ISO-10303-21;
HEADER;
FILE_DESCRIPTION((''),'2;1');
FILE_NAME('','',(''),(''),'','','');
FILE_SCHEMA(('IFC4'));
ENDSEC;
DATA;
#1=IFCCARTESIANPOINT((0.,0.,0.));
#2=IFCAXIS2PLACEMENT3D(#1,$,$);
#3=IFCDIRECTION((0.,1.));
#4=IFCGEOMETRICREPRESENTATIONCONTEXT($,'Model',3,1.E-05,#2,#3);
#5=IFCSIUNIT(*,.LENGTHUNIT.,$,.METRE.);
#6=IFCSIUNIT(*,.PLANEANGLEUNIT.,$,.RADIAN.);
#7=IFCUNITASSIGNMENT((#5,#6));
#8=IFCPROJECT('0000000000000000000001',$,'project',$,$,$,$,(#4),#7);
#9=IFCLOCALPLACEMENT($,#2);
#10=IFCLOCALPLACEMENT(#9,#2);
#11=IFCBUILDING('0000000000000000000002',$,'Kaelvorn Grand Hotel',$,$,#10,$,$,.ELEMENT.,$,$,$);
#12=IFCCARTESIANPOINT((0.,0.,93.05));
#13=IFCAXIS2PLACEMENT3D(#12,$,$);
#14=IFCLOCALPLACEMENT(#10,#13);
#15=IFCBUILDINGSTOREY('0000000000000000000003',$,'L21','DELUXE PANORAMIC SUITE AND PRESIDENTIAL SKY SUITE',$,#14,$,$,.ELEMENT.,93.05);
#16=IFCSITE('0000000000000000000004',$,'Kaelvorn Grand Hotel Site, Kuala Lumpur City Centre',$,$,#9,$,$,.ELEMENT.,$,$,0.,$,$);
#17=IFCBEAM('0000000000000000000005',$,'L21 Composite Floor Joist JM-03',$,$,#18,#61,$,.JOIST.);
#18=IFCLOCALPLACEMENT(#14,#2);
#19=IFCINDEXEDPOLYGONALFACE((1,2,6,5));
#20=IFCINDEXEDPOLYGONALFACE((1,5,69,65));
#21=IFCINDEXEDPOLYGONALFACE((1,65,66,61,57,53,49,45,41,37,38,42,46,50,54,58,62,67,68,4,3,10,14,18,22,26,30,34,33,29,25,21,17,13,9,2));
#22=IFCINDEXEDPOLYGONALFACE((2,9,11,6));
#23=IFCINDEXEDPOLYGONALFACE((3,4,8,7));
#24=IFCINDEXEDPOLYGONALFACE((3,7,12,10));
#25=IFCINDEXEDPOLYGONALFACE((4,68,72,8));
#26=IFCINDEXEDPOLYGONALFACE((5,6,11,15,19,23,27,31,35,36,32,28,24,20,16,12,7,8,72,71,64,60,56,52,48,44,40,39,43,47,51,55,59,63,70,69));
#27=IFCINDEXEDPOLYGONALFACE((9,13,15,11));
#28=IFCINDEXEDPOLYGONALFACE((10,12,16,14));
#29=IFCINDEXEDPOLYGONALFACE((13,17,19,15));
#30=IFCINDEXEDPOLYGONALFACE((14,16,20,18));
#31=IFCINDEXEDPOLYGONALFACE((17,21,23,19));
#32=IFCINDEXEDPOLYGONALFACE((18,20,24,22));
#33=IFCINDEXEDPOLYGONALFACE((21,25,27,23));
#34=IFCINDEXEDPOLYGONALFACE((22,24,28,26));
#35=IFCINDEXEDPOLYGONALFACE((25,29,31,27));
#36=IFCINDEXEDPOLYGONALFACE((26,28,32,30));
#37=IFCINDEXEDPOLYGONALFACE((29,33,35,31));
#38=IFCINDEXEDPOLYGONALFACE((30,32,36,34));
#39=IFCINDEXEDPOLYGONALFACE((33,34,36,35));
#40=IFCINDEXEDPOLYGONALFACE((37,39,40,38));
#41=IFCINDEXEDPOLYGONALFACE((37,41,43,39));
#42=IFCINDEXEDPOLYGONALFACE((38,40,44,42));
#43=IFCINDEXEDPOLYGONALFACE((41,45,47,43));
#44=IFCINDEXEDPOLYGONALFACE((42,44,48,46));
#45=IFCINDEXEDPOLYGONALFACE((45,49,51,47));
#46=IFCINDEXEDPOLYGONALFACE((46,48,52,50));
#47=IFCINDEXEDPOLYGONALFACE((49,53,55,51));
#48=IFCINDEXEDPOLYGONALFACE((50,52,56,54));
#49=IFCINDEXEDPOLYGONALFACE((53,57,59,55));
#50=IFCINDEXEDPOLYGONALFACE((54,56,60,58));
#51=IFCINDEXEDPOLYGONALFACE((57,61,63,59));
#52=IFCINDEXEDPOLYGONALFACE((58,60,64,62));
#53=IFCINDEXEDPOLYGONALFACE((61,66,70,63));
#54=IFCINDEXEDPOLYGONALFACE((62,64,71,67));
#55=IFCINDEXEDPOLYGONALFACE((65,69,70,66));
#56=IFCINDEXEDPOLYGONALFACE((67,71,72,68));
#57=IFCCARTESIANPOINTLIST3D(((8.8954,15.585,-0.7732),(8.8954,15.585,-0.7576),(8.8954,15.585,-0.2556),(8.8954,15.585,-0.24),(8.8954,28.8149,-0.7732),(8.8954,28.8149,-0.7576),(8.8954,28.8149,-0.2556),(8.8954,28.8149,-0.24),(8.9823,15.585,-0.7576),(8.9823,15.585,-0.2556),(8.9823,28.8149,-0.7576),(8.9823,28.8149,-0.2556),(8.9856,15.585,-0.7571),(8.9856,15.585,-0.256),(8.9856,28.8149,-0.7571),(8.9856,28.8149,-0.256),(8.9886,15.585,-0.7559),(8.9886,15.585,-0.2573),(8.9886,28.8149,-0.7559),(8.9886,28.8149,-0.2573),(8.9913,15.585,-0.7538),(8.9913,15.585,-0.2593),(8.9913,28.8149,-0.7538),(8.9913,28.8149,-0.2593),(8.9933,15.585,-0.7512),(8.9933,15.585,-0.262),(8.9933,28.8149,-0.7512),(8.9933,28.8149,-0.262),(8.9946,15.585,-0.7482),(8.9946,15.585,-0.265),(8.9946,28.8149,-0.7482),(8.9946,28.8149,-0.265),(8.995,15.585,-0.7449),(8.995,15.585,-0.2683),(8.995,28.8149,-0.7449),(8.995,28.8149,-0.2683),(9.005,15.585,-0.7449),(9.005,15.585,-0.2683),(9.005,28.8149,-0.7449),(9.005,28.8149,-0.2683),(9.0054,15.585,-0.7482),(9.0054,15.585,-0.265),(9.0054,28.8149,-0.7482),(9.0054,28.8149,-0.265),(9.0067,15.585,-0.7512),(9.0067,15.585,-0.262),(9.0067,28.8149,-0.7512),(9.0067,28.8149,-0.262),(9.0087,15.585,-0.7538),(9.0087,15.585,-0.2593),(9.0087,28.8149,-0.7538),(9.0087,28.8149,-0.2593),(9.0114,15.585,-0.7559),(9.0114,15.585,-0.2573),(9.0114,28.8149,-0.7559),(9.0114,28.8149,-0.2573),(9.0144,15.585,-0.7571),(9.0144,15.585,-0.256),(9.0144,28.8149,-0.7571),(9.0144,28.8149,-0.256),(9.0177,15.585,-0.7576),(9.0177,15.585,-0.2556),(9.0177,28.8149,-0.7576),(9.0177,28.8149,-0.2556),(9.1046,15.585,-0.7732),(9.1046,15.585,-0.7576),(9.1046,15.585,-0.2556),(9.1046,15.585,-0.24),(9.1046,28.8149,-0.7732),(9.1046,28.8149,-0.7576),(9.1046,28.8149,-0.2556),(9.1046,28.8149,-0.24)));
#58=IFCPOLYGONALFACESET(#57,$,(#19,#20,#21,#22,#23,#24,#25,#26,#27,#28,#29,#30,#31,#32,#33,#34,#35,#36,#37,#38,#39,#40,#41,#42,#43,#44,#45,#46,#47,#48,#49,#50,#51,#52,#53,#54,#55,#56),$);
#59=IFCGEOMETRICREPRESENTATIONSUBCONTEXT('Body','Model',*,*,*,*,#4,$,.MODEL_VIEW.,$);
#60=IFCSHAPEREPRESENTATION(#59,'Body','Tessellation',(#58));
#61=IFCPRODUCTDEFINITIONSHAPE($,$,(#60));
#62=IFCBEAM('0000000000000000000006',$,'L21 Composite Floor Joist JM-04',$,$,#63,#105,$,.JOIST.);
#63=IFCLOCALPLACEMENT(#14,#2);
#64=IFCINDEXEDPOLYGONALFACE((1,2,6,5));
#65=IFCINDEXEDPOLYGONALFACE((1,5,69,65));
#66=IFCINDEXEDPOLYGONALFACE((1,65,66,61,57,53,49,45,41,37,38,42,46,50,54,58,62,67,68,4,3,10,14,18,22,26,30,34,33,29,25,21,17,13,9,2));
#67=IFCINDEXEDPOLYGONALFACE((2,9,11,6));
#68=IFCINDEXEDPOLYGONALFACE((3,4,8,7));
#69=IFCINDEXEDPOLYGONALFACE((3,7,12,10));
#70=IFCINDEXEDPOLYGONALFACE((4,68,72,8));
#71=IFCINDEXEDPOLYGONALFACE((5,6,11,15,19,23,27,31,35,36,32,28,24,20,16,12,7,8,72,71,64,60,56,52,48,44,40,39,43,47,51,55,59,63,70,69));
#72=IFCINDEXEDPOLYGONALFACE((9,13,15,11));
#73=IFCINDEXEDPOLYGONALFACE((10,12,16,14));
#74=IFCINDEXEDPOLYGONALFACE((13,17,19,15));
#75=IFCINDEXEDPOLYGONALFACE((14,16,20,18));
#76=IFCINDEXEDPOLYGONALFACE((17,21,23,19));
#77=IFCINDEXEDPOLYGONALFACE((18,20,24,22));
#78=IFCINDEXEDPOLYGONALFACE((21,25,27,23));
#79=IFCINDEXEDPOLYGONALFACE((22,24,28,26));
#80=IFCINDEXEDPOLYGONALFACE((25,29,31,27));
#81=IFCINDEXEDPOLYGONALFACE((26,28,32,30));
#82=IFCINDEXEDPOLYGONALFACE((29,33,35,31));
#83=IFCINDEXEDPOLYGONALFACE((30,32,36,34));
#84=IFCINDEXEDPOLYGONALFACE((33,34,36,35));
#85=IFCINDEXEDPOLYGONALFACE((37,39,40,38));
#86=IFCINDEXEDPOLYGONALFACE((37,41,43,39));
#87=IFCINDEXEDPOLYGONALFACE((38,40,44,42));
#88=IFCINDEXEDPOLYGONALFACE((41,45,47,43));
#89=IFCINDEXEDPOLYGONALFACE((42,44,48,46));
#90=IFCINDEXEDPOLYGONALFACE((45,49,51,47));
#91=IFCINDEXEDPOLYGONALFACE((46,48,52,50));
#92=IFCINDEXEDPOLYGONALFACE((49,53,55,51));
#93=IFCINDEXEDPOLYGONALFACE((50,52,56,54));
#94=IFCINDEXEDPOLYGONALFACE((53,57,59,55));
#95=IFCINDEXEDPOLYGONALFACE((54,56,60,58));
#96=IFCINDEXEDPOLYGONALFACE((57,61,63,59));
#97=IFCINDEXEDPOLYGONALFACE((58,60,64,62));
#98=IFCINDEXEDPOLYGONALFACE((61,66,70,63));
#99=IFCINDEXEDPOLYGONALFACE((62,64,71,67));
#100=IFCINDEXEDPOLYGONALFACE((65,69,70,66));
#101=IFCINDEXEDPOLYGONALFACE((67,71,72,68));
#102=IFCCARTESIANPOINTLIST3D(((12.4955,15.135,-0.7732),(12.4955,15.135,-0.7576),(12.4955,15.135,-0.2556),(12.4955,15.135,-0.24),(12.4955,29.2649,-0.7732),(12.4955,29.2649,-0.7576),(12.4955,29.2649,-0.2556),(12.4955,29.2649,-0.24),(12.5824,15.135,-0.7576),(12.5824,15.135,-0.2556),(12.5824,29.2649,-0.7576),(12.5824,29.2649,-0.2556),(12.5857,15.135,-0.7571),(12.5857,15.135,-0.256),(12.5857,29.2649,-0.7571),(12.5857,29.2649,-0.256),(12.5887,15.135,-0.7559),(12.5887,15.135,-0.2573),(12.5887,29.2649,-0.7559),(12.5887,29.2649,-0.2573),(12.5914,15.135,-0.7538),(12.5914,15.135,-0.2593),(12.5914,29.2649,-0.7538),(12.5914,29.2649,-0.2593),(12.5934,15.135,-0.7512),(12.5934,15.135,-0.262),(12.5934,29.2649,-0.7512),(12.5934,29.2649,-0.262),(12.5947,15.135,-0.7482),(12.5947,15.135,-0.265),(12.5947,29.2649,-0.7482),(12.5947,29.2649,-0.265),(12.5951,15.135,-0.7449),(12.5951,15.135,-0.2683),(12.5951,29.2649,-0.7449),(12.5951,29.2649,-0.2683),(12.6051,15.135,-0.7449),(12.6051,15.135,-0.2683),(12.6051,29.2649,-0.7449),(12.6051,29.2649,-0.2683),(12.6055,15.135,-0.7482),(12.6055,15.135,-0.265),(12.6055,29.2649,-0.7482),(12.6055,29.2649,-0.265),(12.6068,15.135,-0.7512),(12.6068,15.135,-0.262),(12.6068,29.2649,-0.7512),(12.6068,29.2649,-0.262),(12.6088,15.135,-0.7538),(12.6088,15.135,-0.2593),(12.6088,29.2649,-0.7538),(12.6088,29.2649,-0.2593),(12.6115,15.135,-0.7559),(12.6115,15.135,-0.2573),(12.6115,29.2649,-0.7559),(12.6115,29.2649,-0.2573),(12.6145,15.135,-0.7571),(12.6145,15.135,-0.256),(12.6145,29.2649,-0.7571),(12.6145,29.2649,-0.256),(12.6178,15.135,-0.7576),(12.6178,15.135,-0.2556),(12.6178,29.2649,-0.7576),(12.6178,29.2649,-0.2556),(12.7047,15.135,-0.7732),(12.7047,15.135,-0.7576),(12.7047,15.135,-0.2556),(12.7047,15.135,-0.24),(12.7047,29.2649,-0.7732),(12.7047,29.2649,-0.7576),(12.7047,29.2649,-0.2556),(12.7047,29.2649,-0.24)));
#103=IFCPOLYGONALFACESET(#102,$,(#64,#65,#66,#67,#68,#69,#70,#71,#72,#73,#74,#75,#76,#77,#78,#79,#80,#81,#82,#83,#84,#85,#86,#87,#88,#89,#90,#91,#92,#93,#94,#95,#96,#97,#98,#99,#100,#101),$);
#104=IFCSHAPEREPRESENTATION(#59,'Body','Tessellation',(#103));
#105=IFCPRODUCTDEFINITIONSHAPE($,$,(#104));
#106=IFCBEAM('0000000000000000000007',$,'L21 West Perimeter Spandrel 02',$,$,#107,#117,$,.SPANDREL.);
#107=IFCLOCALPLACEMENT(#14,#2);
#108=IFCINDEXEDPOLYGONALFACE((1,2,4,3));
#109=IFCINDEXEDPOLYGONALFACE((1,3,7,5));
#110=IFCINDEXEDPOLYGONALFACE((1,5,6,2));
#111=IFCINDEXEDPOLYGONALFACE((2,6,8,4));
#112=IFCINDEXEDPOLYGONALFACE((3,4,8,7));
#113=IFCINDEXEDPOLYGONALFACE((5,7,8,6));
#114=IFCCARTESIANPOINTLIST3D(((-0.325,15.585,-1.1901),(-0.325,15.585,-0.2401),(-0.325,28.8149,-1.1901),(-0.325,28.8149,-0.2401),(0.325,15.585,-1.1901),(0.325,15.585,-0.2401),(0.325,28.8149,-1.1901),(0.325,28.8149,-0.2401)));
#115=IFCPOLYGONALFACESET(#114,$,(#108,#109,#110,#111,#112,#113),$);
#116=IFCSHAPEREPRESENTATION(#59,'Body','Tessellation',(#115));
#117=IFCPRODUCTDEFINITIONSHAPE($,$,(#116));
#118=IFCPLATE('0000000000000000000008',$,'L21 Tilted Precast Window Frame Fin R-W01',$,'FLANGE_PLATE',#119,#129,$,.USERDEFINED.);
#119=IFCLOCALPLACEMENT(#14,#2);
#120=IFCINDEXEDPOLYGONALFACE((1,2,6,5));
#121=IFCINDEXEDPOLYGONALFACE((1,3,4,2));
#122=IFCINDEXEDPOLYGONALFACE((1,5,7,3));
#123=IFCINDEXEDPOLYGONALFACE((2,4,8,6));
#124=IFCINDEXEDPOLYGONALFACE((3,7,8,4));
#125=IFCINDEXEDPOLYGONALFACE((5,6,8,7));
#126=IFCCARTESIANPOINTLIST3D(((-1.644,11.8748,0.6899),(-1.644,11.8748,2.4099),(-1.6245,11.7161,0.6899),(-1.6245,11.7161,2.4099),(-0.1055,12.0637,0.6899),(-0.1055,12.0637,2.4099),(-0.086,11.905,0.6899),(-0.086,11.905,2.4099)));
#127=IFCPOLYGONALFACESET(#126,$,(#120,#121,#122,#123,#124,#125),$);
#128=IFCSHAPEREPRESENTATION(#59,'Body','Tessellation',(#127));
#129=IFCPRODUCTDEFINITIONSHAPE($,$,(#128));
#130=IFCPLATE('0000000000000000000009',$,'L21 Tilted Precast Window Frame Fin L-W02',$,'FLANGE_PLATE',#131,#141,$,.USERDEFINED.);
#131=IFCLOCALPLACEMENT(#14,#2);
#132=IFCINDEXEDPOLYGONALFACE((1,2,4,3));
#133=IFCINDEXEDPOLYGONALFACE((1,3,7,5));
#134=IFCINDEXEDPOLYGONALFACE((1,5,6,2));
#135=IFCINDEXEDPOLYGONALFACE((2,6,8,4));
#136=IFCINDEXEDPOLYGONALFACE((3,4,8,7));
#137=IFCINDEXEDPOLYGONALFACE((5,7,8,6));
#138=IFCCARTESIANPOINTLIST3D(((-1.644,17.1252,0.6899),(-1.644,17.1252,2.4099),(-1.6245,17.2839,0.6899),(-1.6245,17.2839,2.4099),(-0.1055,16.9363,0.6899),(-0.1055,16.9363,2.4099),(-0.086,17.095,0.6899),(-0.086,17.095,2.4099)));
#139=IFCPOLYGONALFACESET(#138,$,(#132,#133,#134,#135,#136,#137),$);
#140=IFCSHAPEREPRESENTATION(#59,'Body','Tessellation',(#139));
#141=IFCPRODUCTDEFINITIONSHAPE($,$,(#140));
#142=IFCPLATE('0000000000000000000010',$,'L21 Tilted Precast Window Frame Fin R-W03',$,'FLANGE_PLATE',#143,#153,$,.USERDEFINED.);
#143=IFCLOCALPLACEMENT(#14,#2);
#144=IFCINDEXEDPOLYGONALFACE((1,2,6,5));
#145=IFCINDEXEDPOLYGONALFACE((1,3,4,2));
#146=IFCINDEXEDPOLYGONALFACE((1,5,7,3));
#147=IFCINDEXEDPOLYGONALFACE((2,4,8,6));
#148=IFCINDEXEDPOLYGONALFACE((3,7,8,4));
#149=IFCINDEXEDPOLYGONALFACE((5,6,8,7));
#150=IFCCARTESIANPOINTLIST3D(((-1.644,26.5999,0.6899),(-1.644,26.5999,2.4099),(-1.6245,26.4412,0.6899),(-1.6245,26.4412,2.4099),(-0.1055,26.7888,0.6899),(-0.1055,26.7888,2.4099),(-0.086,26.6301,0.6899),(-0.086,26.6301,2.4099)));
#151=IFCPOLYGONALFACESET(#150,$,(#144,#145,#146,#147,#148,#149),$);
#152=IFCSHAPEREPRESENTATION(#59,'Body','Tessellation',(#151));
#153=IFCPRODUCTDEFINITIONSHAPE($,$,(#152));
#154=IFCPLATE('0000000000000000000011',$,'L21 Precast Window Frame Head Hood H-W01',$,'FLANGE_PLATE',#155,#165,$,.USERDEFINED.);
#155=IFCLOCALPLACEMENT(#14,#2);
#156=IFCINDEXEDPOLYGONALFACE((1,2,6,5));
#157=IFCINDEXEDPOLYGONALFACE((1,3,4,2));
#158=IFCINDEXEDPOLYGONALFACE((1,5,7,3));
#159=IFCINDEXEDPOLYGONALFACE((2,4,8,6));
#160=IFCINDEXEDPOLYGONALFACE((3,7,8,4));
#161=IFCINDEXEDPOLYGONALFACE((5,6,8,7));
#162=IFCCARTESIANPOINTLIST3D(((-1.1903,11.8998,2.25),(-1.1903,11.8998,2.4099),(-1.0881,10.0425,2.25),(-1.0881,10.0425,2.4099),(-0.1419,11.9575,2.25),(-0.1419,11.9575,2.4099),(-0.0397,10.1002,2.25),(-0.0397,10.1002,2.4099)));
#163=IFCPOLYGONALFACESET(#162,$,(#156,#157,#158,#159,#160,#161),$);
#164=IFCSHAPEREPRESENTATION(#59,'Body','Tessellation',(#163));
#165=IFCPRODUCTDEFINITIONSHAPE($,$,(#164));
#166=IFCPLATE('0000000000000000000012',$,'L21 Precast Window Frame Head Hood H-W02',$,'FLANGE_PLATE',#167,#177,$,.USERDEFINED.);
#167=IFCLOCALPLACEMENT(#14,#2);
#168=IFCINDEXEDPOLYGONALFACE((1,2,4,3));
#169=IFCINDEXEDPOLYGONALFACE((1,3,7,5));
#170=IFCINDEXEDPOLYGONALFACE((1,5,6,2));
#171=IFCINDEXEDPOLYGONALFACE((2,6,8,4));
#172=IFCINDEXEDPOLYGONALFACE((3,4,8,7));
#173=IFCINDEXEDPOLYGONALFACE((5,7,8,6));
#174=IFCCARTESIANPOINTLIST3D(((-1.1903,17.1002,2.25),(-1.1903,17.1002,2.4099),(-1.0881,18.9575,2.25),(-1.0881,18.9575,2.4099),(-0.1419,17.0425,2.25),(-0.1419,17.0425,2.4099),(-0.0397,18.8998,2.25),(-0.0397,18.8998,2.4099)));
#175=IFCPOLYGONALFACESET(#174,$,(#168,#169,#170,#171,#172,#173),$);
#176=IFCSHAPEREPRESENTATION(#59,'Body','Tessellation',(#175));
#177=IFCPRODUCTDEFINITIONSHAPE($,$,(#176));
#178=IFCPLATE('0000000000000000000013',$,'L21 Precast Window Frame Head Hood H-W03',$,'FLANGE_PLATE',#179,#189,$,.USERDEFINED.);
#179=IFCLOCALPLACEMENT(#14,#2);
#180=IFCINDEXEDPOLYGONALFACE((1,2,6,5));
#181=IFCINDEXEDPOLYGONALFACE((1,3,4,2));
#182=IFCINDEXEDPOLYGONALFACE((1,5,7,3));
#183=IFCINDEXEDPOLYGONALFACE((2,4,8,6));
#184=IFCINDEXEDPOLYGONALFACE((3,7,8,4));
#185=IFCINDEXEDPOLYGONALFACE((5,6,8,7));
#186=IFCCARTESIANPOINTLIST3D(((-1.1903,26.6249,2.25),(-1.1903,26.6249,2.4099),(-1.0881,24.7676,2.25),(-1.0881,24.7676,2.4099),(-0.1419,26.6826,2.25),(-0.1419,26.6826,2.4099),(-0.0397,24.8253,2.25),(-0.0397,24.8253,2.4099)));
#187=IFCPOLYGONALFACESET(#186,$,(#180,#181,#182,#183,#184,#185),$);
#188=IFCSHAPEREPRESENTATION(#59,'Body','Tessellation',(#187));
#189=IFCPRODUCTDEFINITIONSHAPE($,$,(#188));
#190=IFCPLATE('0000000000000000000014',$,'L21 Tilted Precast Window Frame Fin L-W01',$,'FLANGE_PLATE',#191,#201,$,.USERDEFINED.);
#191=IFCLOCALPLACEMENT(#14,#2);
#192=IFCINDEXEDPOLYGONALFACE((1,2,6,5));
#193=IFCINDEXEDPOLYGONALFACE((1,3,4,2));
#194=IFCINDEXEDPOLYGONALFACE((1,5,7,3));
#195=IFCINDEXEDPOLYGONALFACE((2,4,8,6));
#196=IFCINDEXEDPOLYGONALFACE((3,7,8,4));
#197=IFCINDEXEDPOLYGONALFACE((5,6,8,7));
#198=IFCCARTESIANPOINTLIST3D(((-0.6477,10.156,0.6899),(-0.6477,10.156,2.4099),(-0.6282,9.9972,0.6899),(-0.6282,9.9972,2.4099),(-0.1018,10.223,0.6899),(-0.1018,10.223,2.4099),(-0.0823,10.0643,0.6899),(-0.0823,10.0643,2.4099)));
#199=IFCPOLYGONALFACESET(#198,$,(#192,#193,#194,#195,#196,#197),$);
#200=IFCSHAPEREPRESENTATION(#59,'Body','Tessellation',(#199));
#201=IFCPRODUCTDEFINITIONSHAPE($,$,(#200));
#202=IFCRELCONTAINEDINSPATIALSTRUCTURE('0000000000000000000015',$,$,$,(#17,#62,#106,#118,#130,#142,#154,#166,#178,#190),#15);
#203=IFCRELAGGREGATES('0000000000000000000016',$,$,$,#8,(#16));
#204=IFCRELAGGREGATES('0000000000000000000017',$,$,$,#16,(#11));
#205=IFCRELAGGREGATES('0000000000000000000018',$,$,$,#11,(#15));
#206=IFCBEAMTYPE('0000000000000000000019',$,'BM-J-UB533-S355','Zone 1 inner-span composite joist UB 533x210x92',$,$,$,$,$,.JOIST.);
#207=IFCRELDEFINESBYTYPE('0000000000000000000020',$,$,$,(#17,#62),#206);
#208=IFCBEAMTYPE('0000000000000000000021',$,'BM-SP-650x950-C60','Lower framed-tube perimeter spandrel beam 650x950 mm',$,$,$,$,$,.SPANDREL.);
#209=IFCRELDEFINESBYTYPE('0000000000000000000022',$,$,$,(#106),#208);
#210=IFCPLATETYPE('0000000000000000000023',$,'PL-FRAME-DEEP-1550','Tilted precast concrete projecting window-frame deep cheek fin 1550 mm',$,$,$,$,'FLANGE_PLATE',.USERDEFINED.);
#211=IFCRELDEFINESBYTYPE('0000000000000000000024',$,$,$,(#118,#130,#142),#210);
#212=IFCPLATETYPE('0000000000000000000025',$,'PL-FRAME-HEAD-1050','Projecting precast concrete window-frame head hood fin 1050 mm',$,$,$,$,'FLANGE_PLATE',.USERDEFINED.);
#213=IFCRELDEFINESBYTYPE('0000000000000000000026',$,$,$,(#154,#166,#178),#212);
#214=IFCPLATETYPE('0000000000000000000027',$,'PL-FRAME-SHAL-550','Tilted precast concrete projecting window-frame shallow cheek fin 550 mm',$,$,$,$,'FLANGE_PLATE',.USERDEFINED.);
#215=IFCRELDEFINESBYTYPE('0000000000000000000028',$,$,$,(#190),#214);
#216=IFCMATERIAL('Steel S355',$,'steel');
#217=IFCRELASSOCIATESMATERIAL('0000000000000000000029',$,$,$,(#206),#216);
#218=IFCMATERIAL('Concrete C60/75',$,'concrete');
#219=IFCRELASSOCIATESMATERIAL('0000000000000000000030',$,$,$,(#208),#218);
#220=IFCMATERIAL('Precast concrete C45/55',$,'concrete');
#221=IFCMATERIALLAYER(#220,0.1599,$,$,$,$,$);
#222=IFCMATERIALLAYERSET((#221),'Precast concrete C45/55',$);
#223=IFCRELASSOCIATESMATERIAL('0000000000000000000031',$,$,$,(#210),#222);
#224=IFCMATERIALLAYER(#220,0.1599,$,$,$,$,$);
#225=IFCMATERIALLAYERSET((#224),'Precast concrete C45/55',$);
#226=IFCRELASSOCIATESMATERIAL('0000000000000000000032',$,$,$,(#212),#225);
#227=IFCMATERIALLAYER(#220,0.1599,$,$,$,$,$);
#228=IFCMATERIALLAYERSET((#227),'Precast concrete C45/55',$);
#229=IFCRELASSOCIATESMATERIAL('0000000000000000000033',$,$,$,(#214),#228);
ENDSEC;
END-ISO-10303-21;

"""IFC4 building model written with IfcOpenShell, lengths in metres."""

from ifc_helpers import new_model, si_unit, direction, frame, origin, origin_2d, place, context, subcontext, project, spatial, rectangle, i_section, extrude, material, layer, layer_set, material_profile, profile_set, type_object, element, save


model = new_model("IFC4")

# Units and contexts
model_context = context("Model", 3, precision=1e-05, world=origin(), true_north=direction((0.0, 1.0)))
body_context = subcontext(model_context, "Body", "Model", "MODEL_VIEW")
ifc_project = project(units=[si_unit("LENGTHUNIT", "METRE"), si_unit("PLANEANGLEUNIT", "RADIAN")], contexts=[model_context])

# Site, building, storey
site_placement = place(None, origin())
site = spatial("IfcSite", under=ifc_project, at=site_placement, Name="Kaelvorn Grand Hotel Site, Kuala Lumpur City Centre", CompositionType="ELEMENT", RefElevation=0.0)
building_placement = place(site_placement, origin())
building = spatial("IfcBuilding", under=site, at=building_placement, Name="Kaelvorn Grand Hotel", CompositionType="ELEMENT")
storey_placement = place(building_placement, frame((0.0, 0.0, 93.05)))
storey = spatial("IfcBuildingStorey", under=building, at=storey_placement, Name="L21", Description="DELUXE PANORAMIC SUITE AND PRESIDENTIAL SKY SUITE", CompositionType="ELEMENT", Elevation=93.05)

# Shared definitions
ifc_material_1 = material(Name="Concrete C60/75", Category="concrete")

# Beams
ifc_material_2 = material(Name="Steel S355", Category="steel")
ifc_material_profile_1 = material_profile(ifc_material_2, i_section(OverallWidth=0.2092, OverallDepth=0.5332, WebThickness=0.01, FlangeThickness=0.0156, FilletRadius=0.0127, at=origin_2d()), Name="UB 533x210x92")
ifc_profile_set_1 = profile_set([ifc_material_profile_1], Name="Steel S355")
beam_type_1 = type_object("IfcBeamType", Name="BM-J-UB533-S355", Description="Zone 1 inner-span composite joist UB 533x210x92", PredefinedType="JOIST", material=ifc_profile_set_1)
beam_1_placement = place(storey_placement, frame((9.0, 15.585, -0.5066), z_axis=(0.0, 1.0, 0.0), x_axis=(-1.0, 0.0, 0.0)))
element("IfcBeam", 1, at=beam_1_placement, inside=storey, type_object=beam_type_1, Name="L21 Composite Floor Joist JM-03", PredefinedType="JOIST", context=body_context, shape_type="SweptSolid", body=[
    extrude(i_section(OverallWidth=0.2092, OverallDepth=0.5332, WebThickness=0.01, FlangeThickness=0.0156, FilletRadius=0.0127, at=origin_2d()), origin(), (0.0, 0.0, 1.0), 13.23),
])
beam_2_placement = place(storey_placement, frame((12.6001, 15.135, -0.5066), z_axis=(0.0, 1.0, 0.0), x_axis=(-1.0, 0.0, 0.0)))
element("IfcBeam", 2, at=beam_2_placement, inside=storey, type_object=beam_type_1, Name="L21 Composite Floor Joist JM-04", PredefinedType="JOIST", context=body_context, shape_type="SweptSolid", body=[
    extrude(i_section(OverallWidth=0.2092, OverallDepth=0.5332, WebThickness=0.01, FlangeThickness=0.0156, FilletRadius=0.0127, at=origin_2d()), origin(), (0.0, 0.0, 1.0), 14.1299),
])
ifc_material_profile_2 = material_profile(ifc_material_1, rectangle(XDim=0.6499, YDim=0.95, at=origin_2d()), Name="RC SPANDREL 650x950")
ifc_profile_set_2 = profile_set([ifc_material_profile_2], Name="Concrete C60/75")
beam_type_2 = type_object("IfcBeamType", Name="BM-SP-650x950-C60", Description="Lower framed-tube perimeter spandrel beam 650x950 mm", PredefinedType="SPANDREL", material=ifc_profile_set_2)
beam_3_placement = place(storey_placement, frame((0.0, 15.585, -0.7151), z_axis=(0.0, 1.0, 0.0), x_axis=(-1.0, 0.0, 0.0)))
element("IfcBeam", 3, at=beam_3_placement, inside=storey, type_object=beam_type_2, Name="L21 West Perimeter Spandrel 02", PredefinedType="SPANDREL", context=body_context, shape_type="SweptSolid", body=[
    extrude(rectangle(XDim=0.6499, YDim=0.95, at=origin_2d()), origin(), (0.0, 0.0, 1.0), 13.23),
])

# Plates
ifc_material_3 = material(Name="Precast concrete C45/55", Category="concrete")
ifc_layer_1 = layer(ifc_material_3, 0.1599)
ifc_layer_set_1 = layer_set([ifc_layer_1], Name="Precast concrete C45/55")
plate_type_1 = type_object("IfcPlateType", Name="PL-FRAME-DEEP-1550", Description="Tilted precast concrete projecting window-frame deep cheek fin 1550 mm", ElementType="FLANGE_PLATE", PredefinedType="USERDEFINED", material=ifc_layer_set_1)
for number, where, z_axis, x_axis, name in (
    (4, (-0.865, 11.8899, 0.6899), (0.0, 0.0, 1.0), (-0.121869, 0.992546, 0.0), "L21 Tilted Precast Window Frame Fin R-W01"),
    (5, (-0.865, 17.1101, 0.6899), (0.0, 0.0, 1.0), (0.121869, 0.992546, 0.0), "L21 Tilted Precast Window Frame Fin L-W02"),
    (6, (-0.865, 26.615, 0.6899), (0.0, 0.0, 1.0), (-0.121869, 0.992546, 0.0), "L21 Tilted Precast Window Frame Fin R-W03"),
):
    element("IfcPlate", number, at=place(storey_placement, frame(where, z_axis=z_axis, x_axis=x_axis)), inside=storey, type_object=plate_type_1, Name=name, ObjectType="FLANGE_PLATE", PredefinedType="USERDEFINED", context=body_context, shape_type="SweptSolid", body=[
        extrude(rectangle(XDim=0.1599, YDim=1.55, at=origin_2d()), origin(), (0.0, 0.0, 1.0), 1.72),
    ])
ifc_layer_2 = layer(ifc_material_3, 0.1599)
ifc_layer_set_2 = layer_set([ifc_layer_2], Name="Precast concrete C45/55")
plate_type_2 = type_object("IfcPlateType", Name="PL-FRAME-HEAD-1050", Description="Projecting precast concrete window-frame head hood fin 1050 mm", ElementType="FLANGE_PLATE", PredefinedType="USERDEFINED", material=ifc_layer_set_2)
for number, where, z_axis, x_axis, name in (
    (7, (-0.615, 11.0, 2.25), (0.0, 0.0, 1.0), (-0.05495, 0.998489, 0.0), "L21 Precast Window Frame Head Hood H-W01"),
    (8, (-0.615, 18.0, 2.25), (0.0, 0.0, 1.0), (0.05495, 0.998489, 0.0), "L21 Precast Window Frame Head Hood H-W02"),
    (9, (-0.615, 25.7251, 2.25), (0.0, 0.0, 1.0), (-0.05495, 0.998489, 0.0), "L21 Precast Window Frame Head Hood H-W03"),
):
    element("IfcPlate", number, at=place(storey_placement, frame(where, z_axis=z_axis, x_axis=x_axis)), inside=storey, type_object=plate_type_2, Name=name, ObjectType="FLANGE_PLATE", PredefinedType="USERDEFINED", context=body_context, shape_type="SweptSolid", body=[
        extrude(rectangle(XDim=1.8601, YDim=1.05, at=origin_2d()), origin(), (0.0, 0.0, 1.0), 0.1599),
    ])
ifc_layer_3 = layer(ifc_material_3, 0.1599)
ifc_layer_set_3 = layer_set([ifc_layer_3], Name="Precast concrete C45/55")
plate_type_3 = type_object("IfcPlateType", Name="PL-FRAME-SHAL-550", Description="Tilted precast concrete projecting window-frame shallow cheek fin 550 mm", ElementType="FLANGE_PLATE", PredefinedType="USERDEFINED", material=ifc_layer_set_3)
for number, where, z_axis, x_axis, name in (
    (10, (-0.365, 10.1101, 0.6899), (0.0, 0.0, 1.0), (-0.121869, 0.992546, 0.0), "L21 Tilted Precast Window Frame Fin L-W01"),
):
    element("IfcPlate", number, at=place(storey_placement, frame(where, z_axis=z_axis, x_axis=x_axis)), inside=storey, type_object=plate_type_3, Name=name, ObjectType="FLANGE_PLATE", PredefinedType="USERDEFINED", context=body_context, shape_type="SweptSolid", body=[
        extrude(rectangle(XDim=0.1599, YDim=0.55, at=origin_2d()), origin(), (0.0, 0.0, 1.0), 1.72),
    ])

save(model, "model.ifc")
